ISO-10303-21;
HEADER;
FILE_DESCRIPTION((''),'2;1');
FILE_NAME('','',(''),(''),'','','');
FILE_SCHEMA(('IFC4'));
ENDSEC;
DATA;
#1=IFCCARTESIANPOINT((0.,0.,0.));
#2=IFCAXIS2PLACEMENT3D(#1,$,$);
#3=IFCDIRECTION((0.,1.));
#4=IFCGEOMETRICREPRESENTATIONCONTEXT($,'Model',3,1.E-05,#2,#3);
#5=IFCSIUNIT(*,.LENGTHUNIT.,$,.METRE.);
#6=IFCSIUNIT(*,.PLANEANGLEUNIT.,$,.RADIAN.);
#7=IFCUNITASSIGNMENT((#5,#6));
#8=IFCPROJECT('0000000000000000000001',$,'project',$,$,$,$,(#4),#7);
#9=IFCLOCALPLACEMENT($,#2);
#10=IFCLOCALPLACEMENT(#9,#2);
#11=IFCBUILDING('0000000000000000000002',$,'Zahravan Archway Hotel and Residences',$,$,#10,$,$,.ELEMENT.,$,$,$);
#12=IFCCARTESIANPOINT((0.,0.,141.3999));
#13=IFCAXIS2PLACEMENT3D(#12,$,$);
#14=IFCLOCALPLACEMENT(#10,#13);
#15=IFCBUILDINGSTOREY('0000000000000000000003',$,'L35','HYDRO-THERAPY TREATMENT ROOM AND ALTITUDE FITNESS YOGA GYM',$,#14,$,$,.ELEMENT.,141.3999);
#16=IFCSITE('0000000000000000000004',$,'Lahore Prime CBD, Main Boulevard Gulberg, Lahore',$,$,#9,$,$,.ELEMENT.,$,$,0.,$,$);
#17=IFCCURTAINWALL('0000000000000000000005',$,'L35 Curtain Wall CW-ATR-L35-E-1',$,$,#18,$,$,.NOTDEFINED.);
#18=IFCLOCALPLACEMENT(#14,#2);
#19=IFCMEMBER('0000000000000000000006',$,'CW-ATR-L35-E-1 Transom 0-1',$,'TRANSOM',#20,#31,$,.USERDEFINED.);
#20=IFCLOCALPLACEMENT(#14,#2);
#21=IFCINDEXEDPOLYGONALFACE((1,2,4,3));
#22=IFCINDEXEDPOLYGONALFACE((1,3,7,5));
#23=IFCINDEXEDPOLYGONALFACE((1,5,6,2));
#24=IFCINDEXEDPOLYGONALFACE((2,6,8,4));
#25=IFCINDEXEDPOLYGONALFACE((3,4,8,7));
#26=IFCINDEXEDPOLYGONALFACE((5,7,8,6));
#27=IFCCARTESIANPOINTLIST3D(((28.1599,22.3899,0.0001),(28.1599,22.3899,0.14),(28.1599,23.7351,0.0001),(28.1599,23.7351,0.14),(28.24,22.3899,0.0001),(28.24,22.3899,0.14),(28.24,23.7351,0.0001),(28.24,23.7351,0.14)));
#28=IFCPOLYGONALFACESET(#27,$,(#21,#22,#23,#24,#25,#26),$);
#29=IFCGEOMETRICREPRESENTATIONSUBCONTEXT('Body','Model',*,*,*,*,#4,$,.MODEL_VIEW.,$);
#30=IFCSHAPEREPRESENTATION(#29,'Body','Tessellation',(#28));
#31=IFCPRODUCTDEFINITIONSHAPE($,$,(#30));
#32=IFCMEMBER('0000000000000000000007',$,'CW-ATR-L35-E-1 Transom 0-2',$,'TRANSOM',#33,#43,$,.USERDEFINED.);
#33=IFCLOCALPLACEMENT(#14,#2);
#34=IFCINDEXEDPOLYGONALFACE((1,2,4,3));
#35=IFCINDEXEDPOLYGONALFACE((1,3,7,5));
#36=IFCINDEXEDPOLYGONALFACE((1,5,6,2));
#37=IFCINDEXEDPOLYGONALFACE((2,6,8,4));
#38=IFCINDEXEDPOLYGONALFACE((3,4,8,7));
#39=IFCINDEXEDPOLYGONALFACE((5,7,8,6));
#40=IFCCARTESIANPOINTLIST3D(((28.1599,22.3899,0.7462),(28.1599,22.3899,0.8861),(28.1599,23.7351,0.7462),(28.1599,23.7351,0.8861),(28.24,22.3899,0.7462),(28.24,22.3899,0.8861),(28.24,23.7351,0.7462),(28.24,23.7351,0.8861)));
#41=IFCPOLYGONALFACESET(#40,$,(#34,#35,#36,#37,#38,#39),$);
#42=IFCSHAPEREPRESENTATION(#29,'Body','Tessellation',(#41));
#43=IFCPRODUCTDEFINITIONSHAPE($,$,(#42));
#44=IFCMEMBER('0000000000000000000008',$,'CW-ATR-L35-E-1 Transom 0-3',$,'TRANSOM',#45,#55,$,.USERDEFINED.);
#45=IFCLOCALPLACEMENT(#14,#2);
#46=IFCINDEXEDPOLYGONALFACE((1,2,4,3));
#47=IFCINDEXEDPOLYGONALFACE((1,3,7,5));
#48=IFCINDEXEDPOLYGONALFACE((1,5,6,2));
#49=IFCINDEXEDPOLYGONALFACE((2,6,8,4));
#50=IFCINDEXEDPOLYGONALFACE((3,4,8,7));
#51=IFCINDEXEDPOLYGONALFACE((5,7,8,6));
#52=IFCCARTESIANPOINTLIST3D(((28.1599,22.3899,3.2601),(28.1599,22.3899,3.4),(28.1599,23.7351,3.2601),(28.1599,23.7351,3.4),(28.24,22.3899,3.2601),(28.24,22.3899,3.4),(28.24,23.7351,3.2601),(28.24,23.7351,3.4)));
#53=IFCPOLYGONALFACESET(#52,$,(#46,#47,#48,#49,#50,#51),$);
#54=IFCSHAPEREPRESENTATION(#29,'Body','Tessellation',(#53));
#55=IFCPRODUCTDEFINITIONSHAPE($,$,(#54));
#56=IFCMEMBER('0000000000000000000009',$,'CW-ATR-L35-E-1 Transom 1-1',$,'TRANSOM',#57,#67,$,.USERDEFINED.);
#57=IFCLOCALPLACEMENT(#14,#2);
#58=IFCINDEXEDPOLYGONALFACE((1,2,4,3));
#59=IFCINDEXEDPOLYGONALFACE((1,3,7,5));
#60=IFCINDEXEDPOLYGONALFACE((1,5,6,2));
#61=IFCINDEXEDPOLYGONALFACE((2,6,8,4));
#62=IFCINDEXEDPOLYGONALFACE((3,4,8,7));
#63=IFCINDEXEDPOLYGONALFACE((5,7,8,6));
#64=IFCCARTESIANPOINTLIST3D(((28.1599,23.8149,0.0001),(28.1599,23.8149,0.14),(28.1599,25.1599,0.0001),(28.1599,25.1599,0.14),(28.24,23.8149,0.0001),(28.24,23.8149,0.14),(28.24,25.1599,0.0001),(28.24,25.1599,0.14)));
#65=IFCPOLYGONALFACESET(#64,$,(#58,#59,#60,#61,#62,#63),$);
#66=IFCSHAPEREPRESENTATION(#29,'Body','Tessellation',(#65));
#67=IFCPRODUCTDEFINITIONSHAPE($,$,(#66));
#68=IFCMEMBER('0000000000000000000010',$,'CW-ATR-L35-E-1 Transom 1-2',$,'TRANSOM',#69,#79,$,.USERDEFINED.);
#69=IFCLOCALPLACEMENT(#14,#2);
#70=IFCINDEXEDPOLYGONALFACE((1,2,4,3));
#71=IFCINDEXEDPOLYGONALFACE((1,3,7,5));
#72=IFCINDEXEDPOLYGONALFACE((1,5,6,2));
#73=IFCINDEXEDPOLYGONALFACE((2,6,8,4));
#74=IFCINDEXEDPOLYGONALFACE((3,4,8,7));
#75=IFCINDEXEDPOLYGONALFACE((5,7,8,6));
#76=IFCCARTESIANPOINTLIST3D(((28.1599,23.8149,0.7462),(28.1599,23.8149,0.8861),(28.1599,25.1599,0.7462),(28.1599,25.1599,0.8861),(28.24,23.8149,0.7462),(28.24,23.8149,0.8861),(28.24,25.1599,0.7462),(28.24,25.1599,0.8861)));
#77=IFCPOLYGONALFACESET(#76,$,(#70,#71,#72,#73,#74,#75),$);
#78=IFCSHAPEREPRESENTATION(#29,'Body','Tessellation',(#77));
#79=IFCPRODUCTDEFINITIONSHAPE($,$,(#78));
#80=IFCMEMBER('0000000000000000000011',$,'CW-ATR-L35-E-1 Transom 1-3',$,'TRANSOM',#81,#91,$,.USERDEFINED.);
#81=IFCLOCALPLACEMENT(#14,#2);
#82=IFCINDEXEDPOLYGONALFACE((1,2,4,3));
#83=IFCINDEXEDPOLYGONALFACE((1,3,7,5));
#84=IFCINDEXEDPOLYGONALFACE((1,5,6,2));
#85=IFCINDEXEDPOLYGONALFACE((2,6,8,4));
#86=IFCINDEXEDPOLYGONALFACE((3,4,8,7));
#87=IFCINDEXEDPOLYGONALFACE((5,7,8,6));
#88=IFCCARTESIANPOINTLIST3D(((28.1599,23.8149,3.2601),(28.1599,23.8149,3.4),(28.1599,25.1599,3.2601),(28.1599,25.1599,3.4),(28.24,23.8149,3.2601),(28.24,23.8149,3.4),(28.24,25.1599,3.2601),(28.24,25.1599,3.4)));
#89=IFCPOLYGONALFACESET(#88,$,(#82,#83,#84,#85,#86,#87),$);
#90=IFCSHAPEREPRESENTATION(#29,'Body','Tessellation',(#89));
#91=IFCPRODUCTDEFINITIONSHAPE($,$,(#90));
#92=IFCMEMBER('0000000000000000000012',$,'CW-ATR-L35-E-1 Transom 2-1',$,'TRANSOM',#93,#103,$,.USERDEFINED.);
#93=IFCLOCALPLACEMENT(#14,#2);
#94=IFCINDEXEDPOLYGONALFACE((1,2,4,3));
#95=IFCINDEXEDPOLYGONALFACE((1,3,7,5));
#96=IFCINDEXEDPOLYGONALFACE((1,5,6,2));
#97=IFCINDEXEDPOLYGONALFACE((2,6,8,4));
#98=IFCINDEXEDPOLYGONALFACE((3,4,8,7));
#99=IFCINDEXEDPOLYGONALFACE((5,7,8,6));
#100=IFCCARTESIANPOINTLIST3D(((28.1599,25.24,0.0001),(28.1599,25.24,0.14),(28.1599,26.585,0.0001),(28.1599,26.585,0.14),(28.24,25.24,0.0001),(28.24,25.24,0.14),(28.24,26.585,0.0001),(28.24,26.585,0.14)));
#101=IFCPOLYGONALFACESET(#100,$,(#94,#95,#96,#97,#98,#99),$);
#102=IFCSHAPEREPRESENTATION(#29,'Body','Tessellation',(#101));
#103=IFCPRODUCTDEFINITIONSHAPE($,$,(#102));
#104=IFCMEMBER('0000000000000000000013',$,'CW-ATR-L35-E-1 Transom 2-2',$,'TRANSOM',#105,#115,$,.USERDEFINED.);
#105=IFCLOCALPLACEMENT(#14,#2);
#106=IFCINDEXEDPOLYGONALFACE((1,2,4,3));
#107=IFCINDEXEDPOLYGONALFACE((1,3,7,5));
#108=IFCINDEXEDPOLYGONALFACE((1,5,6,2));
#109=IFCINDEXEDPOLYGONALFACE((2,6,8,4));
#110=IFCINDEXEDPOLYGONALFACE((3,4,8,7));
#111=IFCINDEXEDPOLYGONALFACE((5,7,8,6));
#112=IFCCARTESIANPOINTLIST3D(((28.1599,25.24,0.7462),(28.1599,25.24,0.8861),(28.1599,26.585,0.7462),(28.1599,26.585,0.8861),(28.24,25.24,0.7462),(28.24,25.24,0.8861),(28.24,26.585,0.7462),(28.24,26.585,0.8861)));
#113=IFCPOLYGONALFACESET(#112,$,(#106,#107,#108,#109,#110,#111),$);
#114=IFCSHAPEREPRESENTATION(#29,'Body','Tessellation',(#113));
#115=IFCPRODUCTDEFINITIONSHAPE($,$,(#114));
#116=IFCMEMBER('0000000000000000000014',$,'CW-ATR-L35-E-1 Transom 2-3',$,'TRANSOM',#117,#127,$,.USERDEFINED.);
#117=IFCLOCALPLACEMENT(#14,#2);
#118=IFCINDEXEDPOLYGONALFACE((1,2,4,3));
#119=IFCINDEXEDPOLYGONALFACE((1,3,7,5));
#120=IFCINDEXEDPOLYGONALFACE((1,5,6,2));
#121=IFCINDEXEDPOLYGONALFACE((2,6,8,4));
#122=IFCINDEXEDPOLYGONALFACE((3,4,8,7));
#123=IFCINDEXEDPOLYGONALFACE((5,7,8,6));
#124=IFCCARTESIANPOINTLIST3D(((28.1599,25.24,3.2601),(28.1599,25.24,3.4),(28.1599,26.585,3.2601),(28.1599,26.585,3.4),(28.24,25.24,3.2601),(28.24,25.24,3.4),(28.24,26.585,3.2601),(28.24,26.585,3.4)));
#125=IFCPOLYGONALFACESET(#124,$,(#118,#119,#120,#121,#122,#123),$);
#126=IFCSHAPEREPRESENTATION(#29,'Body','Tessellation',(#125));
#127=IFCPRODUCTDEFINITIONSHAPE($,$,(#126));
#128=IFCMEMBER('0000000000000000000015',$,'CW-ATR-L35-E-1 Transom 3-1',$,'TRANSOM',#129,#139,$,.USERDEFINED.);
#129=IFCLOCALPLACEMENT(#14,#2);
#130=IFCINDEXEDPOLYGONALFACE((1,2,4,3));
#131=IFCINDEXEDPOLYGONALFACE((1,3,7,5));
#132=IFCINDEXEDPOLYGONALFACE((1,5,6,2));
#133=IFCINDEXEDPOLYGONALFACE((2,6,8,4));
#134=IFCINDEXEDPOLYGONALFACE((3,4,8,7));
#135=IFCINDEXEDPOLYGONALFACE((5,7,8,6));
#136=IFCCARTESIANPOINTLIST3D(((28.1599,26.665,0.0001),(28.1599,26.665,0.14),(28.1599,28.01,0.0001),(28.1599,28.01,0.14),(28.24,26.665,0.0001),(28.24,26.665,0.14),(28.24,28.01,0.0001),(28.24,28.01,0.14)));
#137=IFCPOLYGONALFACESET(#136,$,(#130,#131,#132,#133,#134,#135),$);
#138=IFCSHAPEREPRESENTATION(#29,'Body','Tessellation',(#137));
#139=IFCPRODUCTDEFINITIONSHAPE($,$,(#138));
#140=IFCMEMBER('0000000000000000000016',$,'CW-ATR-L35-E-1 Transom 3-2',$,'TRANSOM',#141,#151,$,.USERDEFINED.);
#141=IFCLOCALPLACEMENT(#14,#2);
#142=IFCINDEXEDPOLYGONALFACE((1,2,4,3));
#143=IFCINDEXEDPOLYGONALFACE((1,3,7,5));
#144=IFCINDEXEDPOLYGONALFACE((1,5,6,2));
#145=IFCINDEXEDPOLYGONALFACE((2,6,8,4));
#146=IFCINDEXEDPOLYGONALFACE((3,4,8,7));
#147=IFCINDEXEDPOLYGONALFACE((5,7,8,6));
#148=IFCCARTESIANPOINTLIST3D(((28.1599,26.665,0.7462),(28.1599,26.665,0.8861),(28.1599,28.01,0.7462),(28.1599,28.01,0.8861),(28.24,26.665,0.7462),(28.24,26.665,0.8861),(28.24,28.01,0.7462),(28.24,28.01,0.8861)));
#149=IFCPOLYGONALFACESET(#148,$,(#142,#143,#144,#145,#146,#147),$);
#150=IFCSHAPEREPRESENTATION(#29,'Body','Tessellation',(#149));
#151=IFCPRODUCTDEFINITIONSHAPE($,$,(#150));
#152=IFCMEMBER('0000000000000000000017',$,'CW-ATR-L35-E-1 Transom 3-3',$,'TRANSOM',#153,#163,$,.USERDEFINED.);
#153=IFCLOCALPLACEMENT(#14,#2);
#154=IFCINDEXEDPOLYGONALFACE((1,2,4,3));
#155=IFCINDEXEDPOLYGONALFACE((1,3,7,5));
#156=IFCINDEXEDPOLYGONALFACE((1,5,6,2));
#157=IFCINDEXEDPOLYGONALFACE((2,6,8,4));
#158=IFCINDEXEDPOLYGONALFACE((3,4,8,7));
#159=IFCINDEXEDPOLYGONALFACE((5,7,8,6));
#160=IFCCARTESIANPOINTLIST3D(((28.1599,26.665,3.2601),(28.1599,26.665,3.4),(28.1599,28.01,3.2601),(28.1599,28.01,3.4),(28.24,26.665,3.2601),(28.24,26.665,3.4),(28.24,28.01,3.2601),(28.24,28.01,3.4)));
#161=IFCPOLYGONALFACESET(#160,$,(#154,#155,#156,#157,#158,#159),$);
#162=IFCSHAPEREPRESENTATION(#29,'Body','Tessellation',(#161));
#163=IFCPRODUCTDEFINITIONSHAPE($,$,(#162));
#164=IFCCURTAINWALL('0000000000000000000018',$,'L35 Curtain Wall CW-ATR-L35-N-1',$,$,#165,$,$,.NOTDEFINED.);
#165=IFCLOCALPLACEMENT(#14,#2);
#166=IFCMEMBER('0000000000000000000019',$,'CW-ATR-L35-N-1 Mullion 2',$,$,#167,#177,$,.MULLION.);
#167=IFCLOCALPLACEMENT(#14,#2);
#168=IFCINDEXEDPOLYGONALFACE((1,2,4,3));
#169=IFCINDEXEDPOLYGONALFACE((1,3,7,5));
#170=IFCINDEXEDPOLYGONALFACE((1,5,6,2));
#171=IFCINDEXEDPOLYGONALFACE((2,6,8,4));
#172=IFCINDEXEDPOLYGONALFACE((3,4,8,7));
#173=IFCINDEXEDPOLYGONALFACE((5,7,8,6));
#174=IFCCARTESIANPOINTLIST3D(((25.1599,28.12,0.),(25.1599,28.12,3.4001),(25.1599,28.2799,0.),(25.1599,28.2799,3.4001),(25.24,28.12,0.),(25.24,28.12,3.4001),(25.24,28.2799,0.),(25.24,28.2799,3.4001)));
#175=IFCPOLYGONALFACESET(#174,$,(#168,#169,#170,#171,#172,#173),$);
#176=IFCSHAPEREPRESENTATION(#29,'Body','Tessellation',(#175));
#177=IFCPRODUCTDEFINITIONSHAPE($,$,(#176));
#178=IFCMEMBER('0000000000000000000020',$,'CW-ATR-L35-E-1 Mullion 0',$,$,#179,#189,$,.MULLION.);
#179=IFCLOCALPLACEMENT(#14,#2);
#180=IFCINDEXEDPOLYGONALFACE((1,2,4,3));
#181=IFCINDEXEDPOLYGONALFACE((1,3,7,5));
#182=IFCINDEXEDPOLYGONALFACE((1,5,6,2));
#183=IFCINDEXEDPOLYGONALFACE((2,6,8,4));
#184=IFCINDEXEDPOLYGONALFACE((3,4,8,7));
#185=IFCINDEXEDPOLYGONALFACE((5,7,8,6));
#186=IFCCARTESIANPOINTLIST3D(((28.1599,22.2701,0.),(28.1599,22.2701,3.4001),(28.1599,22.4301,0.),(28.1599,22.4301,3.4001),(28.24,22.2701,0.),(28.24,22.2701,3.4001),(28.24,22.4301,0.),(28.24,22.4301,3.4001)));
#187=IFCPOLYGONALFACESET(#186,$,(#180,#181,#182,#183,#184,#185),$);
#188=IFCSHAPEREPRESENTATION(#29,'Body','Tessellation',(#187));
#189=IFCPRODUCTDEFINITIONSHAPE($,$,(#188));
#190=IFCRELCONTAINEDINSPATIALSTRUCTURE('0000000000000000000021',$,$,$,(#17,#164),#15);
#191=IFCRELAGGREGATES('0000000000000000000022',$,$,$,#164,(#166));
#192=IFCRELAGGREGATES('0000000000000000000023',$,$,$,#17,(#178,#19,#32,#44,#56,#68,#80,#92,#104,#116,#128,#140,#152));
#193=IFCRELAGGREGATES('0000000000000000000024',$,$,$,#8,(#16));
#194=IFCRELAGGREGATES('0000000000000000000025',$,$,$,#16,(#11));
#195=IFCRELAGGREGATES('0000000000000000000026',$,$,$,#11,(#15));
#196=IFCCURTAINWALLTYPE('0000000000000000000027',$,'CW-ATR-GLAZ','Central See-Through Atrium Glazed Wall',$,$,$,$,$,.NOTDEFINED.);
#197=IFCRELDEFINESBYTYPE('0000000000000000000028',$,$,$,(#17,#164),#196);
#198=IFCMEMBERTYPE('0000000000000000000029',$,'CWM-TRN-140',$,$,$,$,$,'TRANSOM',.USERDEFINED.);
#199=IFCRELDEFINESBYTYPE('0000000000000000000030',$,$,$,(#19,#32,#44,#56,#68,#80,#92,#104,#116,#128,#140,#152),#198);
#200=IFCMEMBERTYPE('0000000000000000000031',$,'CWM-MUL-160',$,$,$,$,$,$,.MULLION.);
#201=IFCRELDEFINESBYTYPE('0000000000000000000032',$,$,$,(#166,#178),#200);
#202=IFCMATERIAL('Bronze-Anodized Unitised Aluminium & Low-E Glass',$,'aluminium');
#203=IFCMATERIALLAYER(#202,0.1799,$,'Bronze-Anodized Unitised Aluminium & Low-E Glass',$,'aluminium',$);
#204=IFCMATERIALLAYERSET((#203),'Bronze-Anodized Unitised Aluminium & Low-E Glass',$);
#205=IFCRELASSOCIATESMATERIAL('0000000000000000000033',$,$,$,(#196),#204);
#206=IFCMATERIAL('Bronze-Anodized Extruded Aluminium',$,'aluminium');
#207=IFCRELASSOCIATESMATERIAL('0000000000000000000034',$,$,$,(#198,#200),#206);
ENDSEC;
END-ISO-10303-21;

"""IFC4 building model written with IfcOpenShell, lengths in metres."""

from ifc_helpers import new_model, si_unit, direction, frame, origin, origin_2d, place, context, subcontext, project, spatial, rectangle, extrude, source, transform, mapped, material, layer, layer_set, material_profile, profile_set, type_object, element, aggregate, save


model = new_model("IFC4")

# Units and contexts
model_context = context("Model", 3, precision=1e-05, world=origin(), true_north=direction((0.0, 1.0)))
body_context = subcontext(model_context, "Body", "Model", "MODEL_VIEW")
ifc_project = project(units=[si_unit("LENGTHUNIT", "METRE"), si_unit("PLANEANGLEUNIT", "RADIAN")], contexts=[model_context])

# Site, building, storey
site_placement = place(None, origin())
site = spatial("IfcSite", under=ifc_project, at=site_placement, Name="Lahore Prime CBD, Main Boulevard Gulberg, Lahore", CompositionType="ELEMENT", RefElevation=0.0)
building_placement = place(site_placement, origin())
building = spatial("IfcBuilding", under=site, at=building_placement, Name="Zahravan Archway Hotel and Residences", CompositionType="ELEMENT")
storey_placement = place(building_placement, frame((0.0, 0.0, 141.3999)))
storey = spatial("IfcBuildingStorey", under=building, at=storey_placement, Name="L35", Description="HYDRO-THERAPY TREATMENT ROOM AND ALTITUDE FITNESS YOGA GYM", CompositionType="ELEMENT", Elevation=141.3999)

# Curtain wall, members
ifc_material_1 = material(Name="Bronze-Anodized Unitised Aluminium & Low-E Glass", Category="aluminium")
ifc_layer_1 = layer(ifc_material_1, 0.1799, Name="Bronze-Anodized Unitised Aluminium & Low-E Glass", Category="aluminium")
ifc_layer_set_1 = layer_set([ifc_layer_1], Name="Bronze-Anodized Unitised Aluminium & Low-E Glass")
curtain_wall_type = type_object("IfcCurtainWallType", Name="CW-ATR-GLAZ", Description="Central See-Through Atrium Glazed Wall", PredefinedType="NOTDEFINED", material=ifc_layer_set_1)
curtain_wall_1_placement = place(storey_placement, origin())
curtain_wall_1 = element("IfcCurtainWall", 1, at=curtain_wall_1_placement, inside=storey, type_object=curtain_wall_type, Name="L35 Curtain Wall CW-ATR-L35-E-1", PredefinedType="NOTDEFINED")
ifc_material_2 = material(Name="Bronze-Anodized Extruded Aluminium", Category="aluminium")
ifc_material_profile_1 = material_profile(ifc_material_2, rectangle(XDim=0.0801, YDim=0.1399, at=origin_2d()), Name="TRN 80x140", Category="aluminium")
ifc_profile_set_1 = profile_set([ifc_material_profile_1], Name="Bronze-Anodized Extruded Aluminium")
member_type_1 = type_object("IfcMemberType", Name="CWM-TRN-140", ElementType="TRANSOM", PredefinedType="USERDEFINED", material=ifc_profile_set_1)
shared_shape_1 = source(origin(), body_context, "Body", "SweptSolid", [
    extrude(rectangle(XDim=0.0801, YDim=0.1399, at=origin_2d()), origin(), (0.0, 0.0, 1.0), 1.3452),
])
member_1_placement = place(storey_placement, frame((28.2, 22.3899, 0.0701), z_axis=(0.0, 1.0, 0.0), x_axis=(-1.0, 0.0, 0.0)))
member_1 = element("IfcMember", 2, at=member_1_placement, type_object=member_type_1, Name="CW-ATR-L35-E-1 Transom 0-1", ObjectType="TRANSOM", PredefinedType="USERDEFINED", context=body_context, shape_type="MappedRepresentation", body=[
    mapped(shared_shape_1, transform((0.0, 0.0, 0.0), scale=1.0)),
])
member_2_placement = place(storey_placement, frame((28.2, 22.3899, 0.8162), z_axis=(0.0, 1.0, 0.0), x_axis=(-1.0, 0.0, 0.0)))
member_2 = element("IfcMember", 3, at=member_2_placement, type_object=member_type_1, Name="CW-ATR-L35-E-1 Transom 0-2", ObjectType="TRANSOM", PredefinedType="USERDEFINED", context=body_context, shape_type="MappedRepresentation", body=[
    mapped(shared_shape_1, transform((0.0, 0.0, 0.0), scale=1.0)),
])
member_3_placement = place(storey_placement, frame((28.2, 22.3899, 3.3301), z_axis=(0.0, 1.0, 0.0), x_axis=(-1.0, 0.0, 0.0)))
member_3 = element("IfcMember", 4, at=member_3_placement, type_object=member_type_1, Name="CW-ATR-L35-E-1 Transom 0-3", ObjectType="TRANSOM", PredefinedType="USERDEFINED", context=body_context, shape_type="MappedRepresentation", body=[
    mapped(shared_shape_1, transform((0.0, 0.0, 0.0), scale=1.0)),
])
shared_shape_2 = source(origin(), body_context, "Body", "SweptSolid", [
    extrude(rectangle(XDim=0.0801, YDim=0.1399, at=origin_2d()), origin(), (0.0, 0.0, 1.0), 1.345),
])
member_4_placement = place(storey_placement, frame((28.2, 23.8149, 0.0701), z_axis=(0.0, 1.0, 0.0), x_axis=(-1.0, 0.0, 0.0)))
member_4 = element("IfcMember", 5, at=member_4_placement, type_object=member_type_1, Name="CW-ATR-L35-E-1 Transom 1-1", ObjectType="TRANSOM", PredefinedType="USERDEFINED", context=body_context, shape_type="MappedRepresentation", body=[
    mapped(shared_shape_2, transform((0.0, 0.0, 0.0), scale=1.0)),
])
member_5_placement = place(storey_placement, frame((28.2, 23.8149, 0.8162), z_axis=(0.0, 1.0, 0.0), x_axis=(-1.0, 0.0, 0.0)))
member_5 = element("IfcMember", 6, at=member_5_placement, type_object=member_type_1, Name="CW-ATR-L35-E-1 Transom 1-2", ObjectType="TRANSOM", PredefinedType="USERDEFINED", context=body_context, shape_type="MappedRepresentation", body=[
    mapped(shared_shape_2, transform((0.0, 0.0, 0.0), scale=1.0)),
])
member_6_placement = place(storey_placement, frame((28.2, 23.8149, 3.3301), z_axis=(0.0, 1.0, 0.0), x_axis=(-1.0, 0.0, 0.0)))
member_6 = element("IfcMember", 7, at=member_6_placement, type_object=member_type_1, Name="CW-ATR-L35-E-1 Transom 1-3", ObjectType="TRANSOM", PredefinedType="USERDEFINED", context=body_context, shape_type="MappedRepresentation", body=[
    mapped(shared_shape_2, transform((0.0, 0.0, 0.0), scale=1.0)),
])
member_7_placement = place(storey_placement, frame((28.2, 25.24, 0.0701), z_axis=(0.0, 1.0, 0.0), x_axis=(-1.0, 0.0, 0.0)))
member_7 = element("IfcMember", 8, at=member_7_placement, type_object=member_type_1, Name="CW-ATR-L35-E-1 Transom 2-1", ObjectType="TRANSOM", PredefinedType="USERDEFINED", context=body_context, shape_type="MappedRepresentation", body=[
    mapped(shared_shape_2, transform((0.0, 0.0, 0.0), scale=1.0)),
])
member_8_placement = place(storey_placement, frame((28.2, 25.24, 0.8162), z_axis=(0.0, 1.0, 0.0), x_axis=(-1.0, 0.0, 0.0)))
member_8 = element("IfcMember", 9, at=member_8_placement, type_object=member_type_1, Name="CW-ATR-L35-E-1 Transom 2-2", ObjectType="TRANSOM", PredefinedType="USERDEFINED", context=body_context, shape_type="MappedRepresentation", body=[
    mapped(shared_shape_2, transform((0.0, 0.0, 0.0), scale=1.0)),
])
member_9_placement = place(storey_placement, frame((28.2, 25.24, 3.3301), z_axis=(0.0, 1.0, 0.0), x_axis=(-1.0, 0.0, 0.0)))
member_9 = element("IfcMember", 10, at=member_9_placement, type_object=member_type_1, Name="CW-ATR-L35-E-1 Transom 2-3", ObjectType="TRANSOM", PredefinedType="USERDEFINED", context=body_context, shape_type="MappedRepresentation", body=[
    mapped(shared_shape_2, transform((0.0, 0.0, 0.0), scale=1.0)),
])
member_10_placement = place(storey_placement, frame((28.2, 26.665, 0.0701), z_axis=(0.0, 1.0, 0.0), x_axis=(-1.0, 0.0, 0.0)))
member_10 = element("IfcMember", 11, at=member_10_placement, type_object=member_type_1, Name="CW-ATR-L35-E-1 Transom 3-1", ObjectType="TRANSOM", PredefinedType="USERDEFINED", context=body_context, shape_type="MappedRepresentation", body=[
    mapped(shared_shape_2, transform((0.0, 0.0, 0.0), scale=1.0)),
])
member_11_placement = place(storey_placement, frame((28.2, 26.665, 0.8162), z_axis=(0.0, 1.0, 0.0), x_axis=(-1.0, 0.0, 0.0)))
member_11 = element("IfcMember", 12, at=member_11_placement, type_object=member_type_1, Name="CW-ATR-L35-E-1 Transom 3-2", ObjectType="TRANSOM", PredefinedType="USERDEFINED", context=body_context, shape_type="MappedRepresentation", body=[
    mapped(shared_shape_2, transform((0.0, 0.0, 0.0), scale=1.0)),
])
member_12_placement = place(storey_placement, frame((28.2, 26.665, 3.3301), z_axis=(0.0, 1.0, 0.0), x_axis=(-1.0, 0.0, 0.0)))
member_12 = element("IfcMember", 13, at=member_12_placement, type_object=member_type_1, Name="CW-ATR-L35-E-1 Transom 3-3", ObjectType="TRANSOM", PredefinedType="USERDEFINED", context=body_context, shape_type="MappedRepresentation", body=[
    mapped(shared_shape_2, transform((0.0, 0.0, 0.0), scale=1.0)),
])

# Curtain wall, member
curtain_wall_2_placement = place(storey_placement, origin())
curtain_wall_2 = element("IfcCurtainWall", 14, at=curtain_wall_2_placement, inside=storey, type_object=curtain_wall_type, Name="L35 Curtain Wall CW-ATR-L35-N-1", PredefinedType="NOTDEFINED")
ifc_material_profile_2 = material_profile(ifc_material_2, rectangle(XDim=0.0801, YDim=0.1599, at=origin_2d()), Name="MUL 80x160", Category="aluminium")
ifc_profile_set_2 = profile_set([ifc_material_profile_2], Name="Bronze-Anodized Extruded Aluminium")
member_type_2 = type_object("IfcMemberType", Name="CWM-MUL-160", PredefinedType="MULLION", material=ifc_profile_set_2)
shared_shape_3 = source(origin(), body_context, "Body", "SweptSolid", [
    extrude(rectangle(XDim=0.0801, YDim=0.1599, at=origin_2d()), origin(), (0.0, 0.0, 1.0), 3.4001),
])
member_13_placement = place(storey_placement, frame((25.2, 28.2, 0.0), z_axis=(0.0, 0.0, 1.0), x_axis=(1.0, 0.0, 0.0)))
member_13 = element("IfcMember", 15, at=member_13_placement, type_object=member_type_2, Name="CW-ATR-L35-N-1 Mullion 2", PredefinedType="MULLION", context=body_context, shape_type="MappedRepresentation", body=[
    mapped(shared_shape_3, transform((0.0, 0.0, 0.0), scale=1.0)),
])

# Member
member_14_placement = place(storey_placement, frame((28.2, 22.3501, 0.0), z_axis=(0.0, 0.0, 1.0), x_axis=(1.0, 0.0, 0.0)))
member_14 = element("IfcMember", 16, at=member_14_placement, type_object=member_type_2, Name="CW-ATR-L35-E-1 Mullion 0", PredefinedType="MULLION", context=body_context, shape_type="MappedRepresentation", body=[
    mapped(shared_shape_3, transform((0.0, 0.0, 0.0), scale=1.0)),
])

aggregate(curtain_wall_2, [member_13])
aggregate(curtain_wall_1, [member_14, member_1, member_2, member_3, member_4, member_5, member_6, member_7, member_8, member_9, member_10, member_11, member_12])

save(model, "model.ifc")
